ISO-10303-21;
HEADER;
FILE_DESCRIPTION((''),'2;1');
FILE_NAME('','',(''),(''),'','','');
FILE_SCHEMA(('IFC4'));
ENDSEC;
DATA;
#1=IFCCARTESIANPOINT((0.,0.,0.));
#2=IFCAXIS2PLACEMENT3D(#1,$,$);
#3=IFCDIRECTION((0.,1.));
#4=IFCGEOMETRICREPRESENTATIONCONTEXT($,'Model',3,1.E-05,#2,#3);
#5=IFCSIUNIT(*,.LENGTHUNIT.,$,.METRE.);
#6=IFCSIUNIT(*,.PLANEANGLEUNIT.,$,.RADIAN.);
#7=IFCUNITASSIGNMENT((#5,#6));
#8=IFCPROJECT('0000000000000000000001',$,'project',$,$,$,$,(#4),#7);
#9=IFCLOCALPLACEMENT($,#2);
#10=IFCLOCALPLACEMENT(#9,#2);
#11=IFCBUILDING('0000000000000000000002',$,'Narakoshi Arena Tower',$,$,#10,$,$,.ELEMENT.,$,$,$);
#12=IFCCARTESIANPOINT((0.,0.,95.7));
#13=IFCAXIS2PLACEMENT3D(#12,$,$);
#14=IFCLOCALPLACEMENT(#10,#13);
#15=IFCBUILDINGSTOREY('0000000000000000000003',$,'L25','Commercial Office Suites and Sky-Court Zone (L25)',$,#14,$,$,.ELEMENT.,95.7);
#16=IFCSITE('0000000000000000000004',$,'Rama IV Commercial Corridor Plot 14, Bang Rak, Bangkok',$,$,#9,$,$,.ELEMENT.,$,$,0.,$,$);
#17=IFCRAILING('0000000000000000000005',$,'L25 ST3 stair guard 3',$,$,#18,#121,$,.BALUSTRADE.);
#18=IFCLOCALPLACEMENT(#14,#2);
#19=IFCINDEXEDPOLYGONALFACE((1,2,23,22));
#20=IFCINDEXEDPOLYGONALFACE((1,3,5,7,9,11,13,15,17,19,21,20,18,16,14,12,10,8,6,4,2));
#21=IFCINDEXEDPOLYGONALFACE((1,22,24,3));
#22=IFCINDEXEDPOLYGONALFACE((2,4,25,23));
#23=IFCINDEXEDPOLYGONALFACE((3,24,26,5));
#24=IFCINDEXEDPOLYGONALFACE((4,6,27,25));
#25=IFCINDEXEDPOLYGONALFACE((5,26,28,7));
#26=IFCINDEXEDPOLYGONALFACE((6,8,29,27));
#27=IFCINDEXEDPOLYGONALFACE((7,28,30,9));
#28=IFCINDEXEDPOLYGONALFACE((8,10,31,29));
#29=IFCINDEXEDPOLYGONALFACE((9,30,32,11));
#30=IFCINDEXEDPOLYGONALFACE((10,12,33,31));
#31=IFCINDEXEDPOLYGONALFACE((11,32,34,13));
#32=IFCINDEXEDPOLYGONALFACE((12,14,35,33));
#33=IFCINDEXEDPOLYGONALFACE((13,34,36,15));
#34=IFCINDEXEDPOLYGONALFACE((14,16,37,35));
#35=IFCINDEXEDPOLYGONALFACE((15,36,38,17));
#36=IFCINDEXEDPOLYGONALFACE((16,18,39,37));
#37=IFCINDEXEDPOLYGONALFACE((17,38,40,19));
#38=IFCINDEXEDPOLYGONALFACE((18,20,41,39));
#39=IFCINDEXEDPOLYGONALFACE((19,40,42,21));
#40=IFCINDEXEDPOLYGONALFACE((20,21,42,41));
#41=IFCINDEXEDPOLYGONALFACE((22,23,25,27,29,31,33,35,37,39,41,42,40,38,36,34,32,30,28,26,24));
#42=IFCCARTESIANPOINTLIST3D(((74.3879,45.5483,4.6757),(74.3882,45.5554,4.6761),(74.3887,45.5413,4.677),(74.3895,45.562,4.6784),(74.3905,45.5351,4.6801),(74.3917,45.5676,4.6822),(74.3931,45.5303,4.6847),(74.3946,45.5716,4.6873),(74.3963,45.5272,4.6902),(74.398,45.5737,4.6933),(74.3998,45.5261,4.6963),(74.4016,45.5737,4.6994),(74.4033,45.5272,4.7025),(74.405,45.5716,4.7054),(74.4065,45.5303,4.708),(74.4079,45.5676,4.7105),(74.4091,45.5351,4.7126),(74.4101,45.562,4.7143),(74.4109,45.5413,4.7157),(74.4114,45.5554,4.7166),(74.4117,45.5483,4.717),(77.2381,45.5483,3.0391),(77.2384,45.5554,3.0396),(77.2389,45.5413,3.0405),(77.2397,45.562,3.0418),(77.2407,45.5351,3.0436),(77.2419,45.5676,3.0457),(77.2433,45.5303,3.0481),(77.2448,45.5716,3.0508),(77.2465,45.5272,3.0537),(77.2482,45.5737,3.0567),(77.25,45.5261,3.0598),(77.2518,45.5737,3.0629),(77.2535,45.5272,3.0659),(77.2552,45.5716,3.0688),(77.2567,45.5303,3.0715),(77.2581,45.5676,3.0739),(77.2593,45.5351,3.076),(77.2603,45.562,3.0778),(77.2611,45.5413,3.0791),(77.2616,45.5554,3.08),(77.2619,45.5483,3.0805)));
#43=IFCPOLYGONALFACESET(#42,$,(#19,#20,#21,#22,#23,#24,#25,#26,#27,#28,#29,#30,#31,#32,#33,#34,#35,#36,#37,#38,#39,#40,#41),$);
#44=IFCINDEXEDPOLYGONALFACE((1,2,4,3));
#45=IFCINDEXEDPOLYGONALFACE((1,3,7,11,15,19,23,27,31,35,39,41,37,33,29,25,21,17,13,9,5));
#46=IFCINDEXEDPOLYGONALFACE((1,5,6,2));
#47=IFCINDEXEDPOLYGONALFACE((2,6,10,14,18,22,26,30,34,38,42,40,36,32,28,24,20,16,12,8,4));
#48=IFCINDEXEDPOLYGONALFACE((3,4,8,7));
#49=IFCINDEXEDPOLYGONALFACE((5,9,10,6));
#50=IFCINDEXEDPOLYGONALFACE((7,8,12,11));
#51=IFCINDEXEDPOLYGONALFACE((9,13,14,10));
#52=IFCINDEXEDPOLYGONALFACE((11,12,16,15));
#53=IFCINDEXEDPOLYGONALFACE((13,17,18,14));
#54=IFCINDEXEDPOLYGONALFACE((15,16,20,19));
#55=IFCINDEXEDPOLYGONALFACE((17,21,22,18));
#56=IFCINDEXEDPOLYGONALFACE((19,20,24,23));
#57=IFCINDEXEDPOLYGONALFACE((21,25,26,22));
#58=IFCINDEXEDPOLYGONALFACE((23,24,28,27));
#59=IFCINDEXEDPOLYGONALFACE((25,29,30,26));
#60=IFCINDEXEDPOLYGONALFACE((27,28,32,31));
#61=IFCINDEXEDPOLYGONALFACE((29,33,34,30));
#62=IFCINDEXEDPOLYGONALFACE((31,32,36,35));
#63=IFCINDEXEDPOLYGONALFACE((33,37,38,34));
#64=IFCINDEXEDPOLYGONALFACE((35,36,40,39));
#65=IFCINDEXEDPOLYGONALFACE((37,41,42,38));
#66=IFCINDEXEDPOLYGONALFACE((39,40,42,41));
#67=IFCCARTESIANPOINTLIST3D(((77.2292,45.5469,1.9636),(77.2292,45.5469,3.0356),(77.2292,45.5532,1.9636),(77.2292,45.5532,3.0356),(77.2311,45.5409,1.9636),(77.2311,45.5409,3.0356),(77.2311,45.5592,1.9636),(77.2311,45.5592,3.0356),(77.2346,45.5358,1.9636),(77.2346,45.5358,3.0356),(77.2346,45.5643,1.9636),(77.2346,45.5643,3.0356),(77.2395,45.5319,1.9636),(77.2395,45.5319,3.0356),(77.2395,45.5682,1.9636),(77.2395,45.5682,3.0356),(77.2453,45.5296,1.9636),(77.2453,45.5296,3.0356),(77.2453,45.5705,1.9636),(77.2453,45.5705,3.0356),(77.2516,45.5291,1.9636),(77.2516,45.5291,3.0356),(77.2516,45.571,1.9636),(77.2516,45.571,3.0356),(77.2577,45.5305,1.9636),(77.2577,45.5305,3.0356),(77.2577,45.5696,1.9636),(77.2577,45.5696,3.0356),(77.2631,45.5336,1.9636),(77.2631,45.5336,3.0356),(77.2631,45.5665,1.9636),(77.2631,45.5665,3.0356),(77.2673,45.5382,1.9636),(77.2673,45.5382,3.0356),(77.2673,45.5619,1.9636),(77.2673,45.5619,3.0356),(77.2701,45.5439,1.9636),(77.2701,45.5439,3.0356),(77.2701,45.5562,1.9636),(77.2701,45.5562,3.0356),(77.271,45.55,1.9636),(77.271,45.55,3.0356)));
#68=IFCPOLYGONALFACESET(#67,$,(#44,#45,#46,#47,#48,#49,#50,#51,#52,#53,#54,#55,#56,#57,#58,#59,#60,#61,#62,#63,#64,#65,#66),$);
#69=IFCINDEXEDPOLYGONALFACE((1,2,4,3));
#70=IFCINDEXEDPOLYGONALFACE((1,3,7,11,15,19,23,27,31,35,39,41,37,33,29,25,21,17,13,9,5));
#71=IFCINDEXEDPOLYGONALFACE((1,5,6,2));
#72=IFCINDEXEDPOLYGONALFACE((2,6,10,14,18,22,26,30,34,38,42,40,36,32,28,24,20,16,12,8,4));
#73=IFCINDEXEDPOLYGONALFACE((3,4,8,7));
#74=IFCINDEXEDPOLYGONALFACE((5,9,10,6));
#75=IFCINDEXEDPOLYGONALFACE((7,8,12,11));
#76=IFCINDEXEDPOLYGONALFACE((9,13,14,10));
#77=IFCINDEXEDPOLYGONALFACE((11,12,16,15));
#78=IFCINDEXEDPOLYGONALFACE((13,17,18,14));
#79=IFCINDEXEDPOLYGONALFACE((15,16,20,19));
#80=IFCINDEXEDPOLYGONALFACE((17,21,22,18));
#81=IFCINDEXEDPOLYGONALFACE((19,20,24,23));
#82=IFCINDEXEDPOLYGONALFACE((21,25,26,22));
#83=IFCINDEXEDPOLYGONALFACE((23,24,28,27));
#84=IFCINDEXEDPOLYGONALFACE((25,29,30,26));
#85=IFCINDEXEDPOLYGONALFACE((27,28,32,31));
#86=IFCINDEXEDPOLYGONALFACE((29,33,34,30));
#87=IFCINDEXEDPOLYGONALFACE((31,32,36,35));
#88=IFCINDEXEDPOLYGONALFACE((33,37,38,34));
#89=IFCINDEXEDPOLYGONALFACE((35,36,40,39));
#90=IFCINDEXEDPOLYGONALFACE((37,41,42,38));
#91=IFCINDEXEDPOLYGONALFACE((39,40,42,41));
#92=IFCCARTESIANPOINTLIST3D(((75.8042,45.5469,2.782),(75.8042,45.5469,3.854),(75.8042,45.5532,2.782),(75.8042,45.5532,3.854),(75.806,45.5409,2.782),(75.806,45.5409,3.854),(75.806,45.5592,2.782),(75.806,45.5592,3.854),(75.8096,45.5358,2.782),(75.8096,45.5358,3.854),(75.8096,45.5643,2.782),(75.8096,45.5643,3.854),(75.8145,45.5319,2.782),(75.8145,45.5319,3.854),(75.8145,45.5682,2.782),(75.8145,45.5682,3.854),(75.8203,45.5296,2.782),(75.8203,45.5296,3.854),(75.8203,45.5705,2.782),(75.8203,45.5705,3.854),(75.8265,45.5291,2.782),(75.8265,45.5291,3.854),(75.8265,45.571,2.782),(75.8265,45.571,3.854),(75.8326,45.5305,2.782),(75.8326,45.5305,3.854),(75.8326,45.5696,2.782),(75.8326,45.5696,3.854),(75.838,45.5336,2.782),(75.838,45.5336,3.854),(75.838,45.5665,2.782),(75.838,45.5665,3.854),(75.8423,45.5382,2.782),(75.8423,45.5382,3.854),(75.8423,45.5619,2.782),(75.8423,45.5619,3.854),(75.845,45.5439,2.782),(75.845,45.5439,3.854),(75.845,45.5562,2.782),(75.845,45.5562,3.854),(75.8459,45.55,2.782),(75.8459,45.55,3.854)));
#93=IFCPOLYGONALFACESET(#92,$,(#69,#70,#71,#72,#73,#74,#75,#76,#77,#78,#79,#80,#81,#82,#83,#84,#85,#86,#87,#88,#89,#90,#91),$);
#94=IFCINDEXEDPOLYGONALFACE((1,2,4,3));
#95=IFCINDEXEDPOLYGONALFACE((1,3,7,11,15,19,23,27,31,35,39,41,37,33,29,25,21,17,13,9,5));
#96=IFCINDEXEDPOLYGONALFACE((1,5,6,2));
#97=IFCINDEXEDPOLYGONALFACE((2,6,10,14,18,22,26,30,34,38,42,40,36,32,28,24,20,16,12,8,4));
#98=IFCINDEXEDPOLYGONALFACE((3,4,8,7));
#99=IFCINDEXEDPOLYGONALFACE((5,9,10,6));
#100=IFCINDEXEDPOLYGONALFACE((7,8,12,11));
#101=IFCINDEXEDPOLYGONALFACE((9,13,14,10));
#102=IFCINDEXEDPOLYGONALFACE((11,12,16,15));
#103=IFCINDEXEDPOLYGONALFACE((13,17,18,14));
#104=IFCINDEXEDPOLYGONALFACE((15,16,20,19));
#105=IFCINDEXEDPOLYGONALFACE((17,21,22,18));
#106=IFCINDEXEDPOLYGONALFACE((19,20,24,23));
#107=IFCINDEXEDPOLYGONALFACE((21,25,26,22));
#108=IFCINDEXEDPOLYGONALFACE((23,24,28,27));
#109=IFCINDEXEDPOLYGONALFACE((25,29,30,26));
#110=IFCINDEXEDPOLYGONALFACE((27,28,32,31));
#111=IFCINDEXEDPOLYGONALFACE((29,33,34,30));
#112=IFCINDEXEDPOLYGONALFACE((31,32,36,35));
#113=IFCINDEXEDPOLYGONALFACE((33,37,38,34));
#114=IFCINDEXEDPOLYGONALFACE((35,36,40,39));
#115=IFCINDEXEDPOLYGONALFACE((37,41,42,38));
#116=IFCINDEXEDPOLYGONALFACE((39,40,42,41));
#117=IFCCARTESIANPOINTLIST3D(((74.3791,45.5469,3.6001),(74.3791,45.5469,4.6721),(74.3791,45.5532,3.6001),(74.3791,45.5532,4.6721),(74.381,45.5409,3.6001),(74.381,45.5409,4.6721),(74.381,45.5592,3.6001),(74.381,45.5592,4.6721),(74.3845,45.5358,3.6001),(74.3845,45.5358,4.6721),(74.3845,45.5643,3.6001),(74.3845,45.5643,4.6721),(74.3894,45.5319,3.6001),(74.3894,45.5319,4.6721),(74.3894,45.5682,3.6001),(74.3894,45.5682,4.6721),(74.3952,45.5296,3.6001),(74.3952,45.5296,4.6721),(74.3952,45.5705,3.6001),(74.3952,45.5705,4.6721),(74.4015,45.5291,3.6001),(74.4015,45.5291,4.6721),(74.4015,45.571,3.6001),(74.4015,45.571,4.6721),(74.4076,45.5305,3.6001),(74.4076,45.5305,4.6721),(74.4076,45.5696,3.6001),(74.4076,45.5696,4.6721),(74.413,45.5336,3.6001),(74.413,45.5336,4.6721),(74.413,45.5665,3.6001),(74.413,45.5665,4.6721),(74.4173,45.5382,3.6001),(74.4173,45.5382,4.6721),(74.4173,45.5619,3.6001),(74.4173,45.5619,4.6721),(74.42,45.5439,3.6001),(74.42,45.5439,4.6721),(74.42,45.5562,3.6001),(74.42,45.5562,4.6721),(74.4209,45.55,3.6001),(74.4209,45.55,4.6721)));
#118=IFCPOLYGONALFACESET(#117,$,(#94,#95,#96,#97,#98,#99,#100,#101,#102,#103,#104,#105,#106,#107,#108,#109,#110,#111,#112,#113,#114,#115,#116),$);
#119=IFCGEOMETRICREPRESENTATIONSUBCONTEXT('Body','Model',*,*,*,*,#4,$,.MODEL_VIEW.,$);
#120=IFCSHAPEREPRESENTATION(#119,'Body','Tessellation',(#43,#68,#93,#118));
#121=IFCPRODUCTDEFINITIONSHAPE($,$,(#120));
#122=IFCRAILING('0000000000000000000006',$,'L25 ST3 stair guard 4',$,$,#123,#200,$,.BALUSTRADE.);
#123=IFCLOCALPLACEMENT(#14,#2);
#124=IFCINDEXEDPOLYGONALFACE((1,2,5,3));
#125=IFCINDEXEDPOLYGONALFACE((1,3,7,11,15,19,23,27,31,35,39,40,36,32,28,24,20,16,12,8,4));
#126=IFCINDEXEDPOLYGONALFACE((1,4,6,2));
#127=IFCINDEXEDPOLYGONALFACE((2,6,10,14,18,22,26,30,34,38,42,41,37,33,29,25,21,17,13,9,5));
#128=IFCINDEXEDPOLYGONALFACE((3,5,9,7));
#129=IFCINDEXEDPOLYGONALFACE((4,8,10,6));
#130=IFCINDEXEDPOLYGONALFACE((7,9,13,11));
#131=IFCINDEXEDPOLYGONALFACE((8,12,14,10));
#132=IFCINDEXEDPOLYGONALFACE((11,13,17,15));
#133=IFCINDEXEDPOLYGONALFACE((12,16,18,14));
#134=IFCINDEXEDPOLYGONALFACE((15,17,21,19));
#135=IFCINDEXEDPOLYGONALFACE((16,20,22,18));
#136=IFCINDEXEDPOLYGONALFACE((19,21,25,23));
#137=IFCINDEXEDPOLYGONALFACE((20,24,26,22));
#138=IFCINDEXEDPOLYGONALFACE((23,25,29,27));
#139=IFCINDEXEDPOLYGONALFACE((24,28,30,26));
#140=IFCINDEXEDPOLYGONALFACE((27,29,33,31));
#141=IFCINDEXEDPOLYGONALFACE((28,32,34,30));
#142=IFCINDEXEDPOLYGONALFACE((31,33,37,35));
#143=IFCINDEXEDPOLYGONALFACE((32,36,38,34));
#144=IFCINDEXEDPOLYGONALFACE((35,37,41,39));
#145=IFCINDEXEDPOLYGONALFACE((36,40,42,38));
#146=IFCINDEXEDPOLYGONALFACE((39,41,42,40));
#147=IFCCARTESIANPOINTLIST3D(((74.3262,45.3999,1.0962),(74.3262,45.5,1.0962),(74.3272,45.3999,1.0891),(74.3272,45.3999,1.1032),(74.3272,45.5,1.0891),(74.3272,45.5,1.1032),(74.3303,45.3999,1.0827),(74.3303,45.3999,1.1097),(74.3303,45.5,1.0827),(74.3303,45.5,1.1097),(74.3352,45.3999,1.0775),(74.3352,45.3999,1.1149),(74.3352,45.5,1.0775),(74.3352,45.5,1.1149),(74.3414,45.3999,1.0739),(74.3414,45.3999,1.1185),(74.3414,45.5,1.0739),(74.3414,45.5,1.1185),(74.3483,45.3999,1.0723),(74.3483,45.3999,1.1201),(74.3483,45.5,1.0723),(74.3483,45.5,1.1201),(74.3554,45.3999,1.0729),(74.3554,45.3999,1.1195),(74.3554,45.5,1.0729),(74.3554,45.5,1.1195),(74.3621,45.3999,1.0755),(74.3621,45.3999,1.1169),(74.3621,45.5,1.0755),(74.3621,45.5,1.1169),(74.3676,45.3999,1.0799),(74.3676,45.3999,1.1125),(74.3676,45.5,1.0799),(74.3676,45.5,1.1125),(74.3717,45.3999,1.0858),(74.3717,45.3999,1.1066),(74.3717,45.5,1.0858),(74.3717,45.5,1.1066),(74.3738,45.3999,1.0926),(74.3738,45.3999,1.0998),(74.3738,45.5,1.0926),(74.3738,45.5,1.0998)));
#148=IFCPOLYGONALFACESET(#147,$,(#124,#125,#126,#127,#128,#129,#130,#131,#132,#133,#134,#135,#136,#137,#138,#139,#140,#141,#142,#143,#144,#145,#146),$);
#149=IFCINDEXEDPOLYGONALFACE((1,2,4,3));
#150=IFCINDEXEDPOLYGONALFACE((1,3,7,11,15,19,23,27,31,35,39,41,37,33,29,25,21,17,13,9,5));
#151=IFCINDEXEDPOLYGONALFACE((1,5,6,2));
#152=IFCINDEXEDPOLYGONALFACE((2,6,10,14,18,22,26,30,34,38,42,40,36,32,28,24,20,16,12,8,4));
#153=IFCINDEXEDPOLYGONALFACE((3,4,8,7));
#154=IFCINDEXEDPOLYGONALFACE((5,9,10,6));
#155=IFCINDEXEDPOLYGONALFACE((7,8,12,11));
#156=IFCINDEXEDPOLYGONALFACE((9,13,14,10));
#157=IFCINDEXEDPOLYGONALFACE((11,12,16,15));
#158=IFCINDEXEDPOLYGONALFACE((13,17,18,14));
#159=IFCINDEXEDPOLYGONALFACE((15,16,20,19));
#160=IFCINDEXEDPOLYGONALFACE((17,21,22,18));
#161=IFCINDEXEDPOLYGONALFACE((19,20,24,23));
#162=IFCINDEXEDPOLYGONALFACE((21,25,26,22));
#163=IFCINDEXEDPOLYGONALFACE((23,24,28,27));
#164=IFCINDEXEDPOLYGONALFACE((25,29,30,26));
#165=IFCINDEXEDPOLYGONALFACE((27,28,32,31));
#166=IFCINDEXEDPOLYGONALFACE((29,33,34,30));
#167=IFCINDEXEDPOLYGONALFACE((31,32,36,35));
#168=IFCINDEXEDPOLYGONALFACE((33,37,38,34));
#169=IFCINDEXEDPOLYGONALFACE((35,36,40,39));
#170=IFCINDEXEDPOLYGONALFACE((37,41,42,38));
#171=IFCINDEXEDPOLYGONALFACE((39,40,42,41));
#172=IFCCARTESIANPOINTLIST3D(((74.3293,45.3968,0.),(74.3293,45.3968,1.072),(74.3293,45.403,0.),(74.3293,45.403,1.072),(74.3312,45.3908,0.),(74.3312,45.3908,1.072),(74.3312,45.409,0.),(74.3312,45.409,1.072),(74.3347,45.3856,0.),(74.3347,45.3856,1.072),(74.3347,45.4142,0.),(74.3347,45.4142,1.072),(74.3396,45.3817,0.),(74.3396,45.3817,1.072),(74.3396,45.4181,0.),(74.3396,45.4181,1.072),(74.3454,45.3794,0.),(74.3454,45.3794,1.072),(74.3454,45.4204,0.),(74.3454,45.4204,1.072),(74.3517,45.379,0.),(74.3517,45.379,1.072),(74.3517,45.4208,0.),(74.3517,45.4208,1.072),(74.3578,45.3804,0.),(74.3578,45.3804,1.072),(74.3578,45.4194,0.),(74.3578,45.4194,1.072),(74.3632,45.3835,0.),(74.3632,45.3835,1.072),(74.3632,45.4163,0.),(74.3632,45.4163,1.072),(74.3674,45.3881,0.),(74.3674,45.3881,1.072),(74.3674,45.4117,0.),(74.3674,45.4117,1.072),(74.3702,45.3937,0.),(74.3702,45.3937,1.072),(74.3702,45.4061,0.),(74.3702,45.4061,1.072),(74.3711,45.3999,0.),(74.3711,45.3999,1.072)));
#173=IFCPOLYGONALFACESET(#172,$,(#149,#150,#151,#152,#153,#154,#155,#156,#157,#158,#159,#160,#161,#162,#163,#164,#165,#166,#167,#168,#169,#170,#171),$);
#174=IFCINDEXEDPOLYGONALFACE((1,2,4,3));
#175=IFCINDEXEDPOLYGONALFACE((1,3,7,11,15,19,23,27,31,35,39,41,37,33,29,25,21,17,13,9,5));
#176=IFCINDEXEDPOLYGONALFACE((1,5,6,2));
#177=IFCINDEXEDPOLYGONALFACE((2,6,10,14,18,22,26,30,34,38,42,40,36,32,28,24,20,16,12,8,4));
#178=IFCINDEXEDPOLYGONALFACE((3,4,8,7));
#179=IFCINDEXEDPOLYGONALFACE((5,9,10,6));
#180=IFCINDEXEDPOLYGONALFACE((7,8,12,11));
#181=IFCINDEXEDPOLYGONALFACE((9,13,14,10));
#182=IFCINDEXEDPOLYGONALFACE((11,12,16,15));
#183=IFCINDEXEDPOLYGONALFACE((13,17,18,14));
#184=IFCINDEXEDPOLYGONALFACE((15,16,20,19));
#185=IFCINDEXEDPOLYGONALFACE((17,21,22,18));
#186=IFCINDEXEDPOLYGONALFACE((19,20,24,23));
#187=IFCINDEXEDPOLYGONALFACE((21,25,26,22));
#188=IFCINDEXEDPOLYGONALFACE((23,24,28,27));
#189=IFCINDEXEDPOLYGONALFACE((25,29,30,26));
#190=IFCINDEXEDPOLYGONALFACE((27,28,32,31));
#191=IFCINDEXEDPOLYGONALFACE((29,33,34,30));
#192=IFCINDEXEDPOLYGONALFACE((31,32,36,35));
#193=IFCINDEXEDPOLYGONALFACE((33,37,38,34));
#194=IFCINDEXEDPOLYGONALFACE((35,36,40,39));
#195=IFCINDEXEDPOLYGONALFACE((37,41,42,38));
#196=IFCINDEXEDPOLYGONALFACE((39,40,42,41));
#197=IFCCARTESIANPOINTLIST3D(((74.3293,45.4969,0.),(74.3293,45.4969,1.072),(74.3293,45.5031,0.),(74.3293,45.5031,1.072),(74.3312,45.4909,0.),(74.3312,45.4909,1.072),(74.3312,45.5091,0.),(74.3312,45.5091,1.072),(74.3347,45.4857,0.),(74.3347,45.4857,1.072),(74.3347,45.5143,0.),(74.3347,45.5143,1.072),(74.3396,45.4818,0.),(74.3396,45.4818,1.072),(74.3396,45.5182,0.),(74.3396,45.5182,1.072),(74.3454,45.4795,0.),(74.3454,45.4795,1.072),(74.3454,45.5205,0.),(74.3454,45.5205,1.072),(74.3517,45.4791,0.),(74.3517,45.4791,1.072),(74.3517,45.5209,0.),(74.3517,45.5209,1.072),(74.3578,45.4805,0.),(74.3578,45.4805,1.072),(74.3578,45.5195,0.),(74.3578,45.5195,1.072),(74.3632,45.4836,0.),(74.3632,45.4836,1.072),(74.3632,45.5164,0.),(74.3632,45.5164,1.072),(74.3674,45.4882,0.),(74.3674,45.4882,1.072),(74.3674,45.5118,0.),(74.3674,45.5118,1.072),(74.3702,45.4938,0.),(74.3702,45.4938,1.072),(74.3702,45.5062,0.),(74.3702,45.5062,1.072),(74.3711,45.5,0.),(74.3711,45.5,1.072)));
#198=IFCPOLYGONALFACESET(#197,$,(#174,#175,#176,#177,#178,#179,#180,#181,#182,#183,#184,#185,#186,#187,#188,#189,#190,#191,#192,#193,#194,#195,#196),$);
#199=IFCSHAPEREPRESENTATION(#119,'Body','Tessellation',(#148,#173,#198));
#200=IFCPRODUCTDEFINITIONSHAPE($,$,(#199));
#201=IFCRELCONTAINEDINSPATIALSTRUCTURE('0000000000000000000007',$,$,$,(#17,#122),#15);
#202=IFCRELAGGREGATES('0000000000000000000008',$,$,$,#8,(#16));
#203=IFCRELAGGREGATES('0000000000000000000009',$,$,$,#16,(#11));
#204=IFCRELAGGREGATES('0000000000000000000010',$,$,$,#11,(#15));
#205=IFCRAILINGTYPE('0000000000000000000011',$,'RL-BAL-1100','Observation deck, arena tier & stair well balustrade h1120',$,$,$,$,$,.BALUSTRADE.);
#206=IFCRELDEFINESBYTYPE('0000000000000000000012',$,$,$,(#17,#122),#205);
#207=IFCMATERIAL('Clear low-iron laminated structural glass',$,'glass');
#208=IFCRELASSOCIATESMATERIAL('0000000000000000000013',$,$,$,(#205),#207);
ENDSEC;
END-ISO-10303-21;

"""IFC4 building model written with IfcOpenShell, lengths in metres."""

from ifc_helpers import new_model, si_unit, direction, frame, origin, origin_2d, place, context, subcontext, project, spatial, circle, extrude, material, type_object, element, save


model = new_model("IFC4")

# Units and contexts
model_context = context("Model", 3, precision=1e-05, world=origin(), true_north=direction((0.0, 1.0)))
body_context = subcontext(model_context, "Body", "Model", "MODEL_VIEW")
ifc_project = project(units=[si_unit("LENGTHUNIT", "METRE"), si_unit("PLANEANGLEUNIT", "RADIAN")], contexts=[model_context])

# Site, building, storey
site_placement = place(None, origin())
site = spatial("IfcSite", under=ifc_project, at=site_placement, Name="Rama IV Commercial Corridor Plot 14, Bang Rak, Bangkok", CompositionType="ELEMENT", RefElevation=0.0)
building_placement = place(site_placement, origin())
building = spatial("IfcBuilding", under=site, at=building_placement, Name="Narakoshi Arena Tower", CompositionType="ELEMENT")
storey_placement = place(building_placement, frame((0.0, 0.0, 95.7)))
storey = spatial("IfcBuildingStorey", under=building, at=storey_placement, Name="L25", Description="Commercial Office Suites and Sky-Court Zone (L25)", CompositionType="ELEMENT", Elevation=95.7)

# Railings
ifc_material_1 = material(Name="Clear low-iron laminated structural glass", Category="glass")
railing_type_1 = type_object("IfcRailingType", Name="RL-BAL-1100", Description="Observation deck, arena tier & stair well balustrade h1120", PredefinedType="BALUSTRADE", material=ifc_material_1)
railing_1_placement = place(storey_placement, frame((77.25, 45.55, 1.9636)))
element("IfcRailing", 1, at=railing_1_placement, inside=storey, type_object=railing_type_1, Name="L25 ST3 stair guard 3", PredefinedType="BALUSTRADE", context=body_context, shape_type="SweptSolid", body=[
    extrude(circle(Radius=0.0239, at=origin_2d()), frame((0.0, 0.0, 1.0962), z_axis=(-0.867213, 0.0, 0.497938), x_axis=(0.0, -1.0, 0.0)), (0.0, 0.0, 1.0), 3.2866),
    extrude(circle(Radius=0.021, at=origin_2d()), origin(), (0.0, 0.0, 1.0), 1.072),
    extrude(circle(Radius=0.021, at=origin_2d()), frame((-1.425, 0.0, 0.8184)), (0.0, 0.0, 1.0), 1.072),
    extrude(circle(Radius=0.021, at=origin_2d()), frame((-2.8501, 0.0, 1.6365)), (0.0, 0.0, 1.0), 1.072),
])
railing_2_placement = place(storey_placement, frame((74.3501, 45.3999, 0.0)))
element("IfcRailing", 2, at=railing_2_placement, inside=storey, type_object=railing_type_1, Name="L25 ST3 stair guard 4", PredefinedType="BALUSTRADE", context=body_context, shape_type="SweptSolid", body=[
    extrude(circle(Radius=0.0239, at=origin_2d()), frame((0.0, 0.0, 1.0962), z_axis=(0.0, 1.0, 0.0), x_axis=(-1.0, 0.0, 0.0)), (0.0, 0.0, 1.0), 0.1001),
    extrude(circle(Radius=0.021, at=origin_2d()), origin(), (0.0, 0.0, 1.0), 1.072),
    extrude(circle(Radius=0.021, at=origin_2d()), frame((0.0, 0.1001, 0.0)), (0.0, 0.0, 1.0), 1.072),
])

save(model, "model.ifc")
